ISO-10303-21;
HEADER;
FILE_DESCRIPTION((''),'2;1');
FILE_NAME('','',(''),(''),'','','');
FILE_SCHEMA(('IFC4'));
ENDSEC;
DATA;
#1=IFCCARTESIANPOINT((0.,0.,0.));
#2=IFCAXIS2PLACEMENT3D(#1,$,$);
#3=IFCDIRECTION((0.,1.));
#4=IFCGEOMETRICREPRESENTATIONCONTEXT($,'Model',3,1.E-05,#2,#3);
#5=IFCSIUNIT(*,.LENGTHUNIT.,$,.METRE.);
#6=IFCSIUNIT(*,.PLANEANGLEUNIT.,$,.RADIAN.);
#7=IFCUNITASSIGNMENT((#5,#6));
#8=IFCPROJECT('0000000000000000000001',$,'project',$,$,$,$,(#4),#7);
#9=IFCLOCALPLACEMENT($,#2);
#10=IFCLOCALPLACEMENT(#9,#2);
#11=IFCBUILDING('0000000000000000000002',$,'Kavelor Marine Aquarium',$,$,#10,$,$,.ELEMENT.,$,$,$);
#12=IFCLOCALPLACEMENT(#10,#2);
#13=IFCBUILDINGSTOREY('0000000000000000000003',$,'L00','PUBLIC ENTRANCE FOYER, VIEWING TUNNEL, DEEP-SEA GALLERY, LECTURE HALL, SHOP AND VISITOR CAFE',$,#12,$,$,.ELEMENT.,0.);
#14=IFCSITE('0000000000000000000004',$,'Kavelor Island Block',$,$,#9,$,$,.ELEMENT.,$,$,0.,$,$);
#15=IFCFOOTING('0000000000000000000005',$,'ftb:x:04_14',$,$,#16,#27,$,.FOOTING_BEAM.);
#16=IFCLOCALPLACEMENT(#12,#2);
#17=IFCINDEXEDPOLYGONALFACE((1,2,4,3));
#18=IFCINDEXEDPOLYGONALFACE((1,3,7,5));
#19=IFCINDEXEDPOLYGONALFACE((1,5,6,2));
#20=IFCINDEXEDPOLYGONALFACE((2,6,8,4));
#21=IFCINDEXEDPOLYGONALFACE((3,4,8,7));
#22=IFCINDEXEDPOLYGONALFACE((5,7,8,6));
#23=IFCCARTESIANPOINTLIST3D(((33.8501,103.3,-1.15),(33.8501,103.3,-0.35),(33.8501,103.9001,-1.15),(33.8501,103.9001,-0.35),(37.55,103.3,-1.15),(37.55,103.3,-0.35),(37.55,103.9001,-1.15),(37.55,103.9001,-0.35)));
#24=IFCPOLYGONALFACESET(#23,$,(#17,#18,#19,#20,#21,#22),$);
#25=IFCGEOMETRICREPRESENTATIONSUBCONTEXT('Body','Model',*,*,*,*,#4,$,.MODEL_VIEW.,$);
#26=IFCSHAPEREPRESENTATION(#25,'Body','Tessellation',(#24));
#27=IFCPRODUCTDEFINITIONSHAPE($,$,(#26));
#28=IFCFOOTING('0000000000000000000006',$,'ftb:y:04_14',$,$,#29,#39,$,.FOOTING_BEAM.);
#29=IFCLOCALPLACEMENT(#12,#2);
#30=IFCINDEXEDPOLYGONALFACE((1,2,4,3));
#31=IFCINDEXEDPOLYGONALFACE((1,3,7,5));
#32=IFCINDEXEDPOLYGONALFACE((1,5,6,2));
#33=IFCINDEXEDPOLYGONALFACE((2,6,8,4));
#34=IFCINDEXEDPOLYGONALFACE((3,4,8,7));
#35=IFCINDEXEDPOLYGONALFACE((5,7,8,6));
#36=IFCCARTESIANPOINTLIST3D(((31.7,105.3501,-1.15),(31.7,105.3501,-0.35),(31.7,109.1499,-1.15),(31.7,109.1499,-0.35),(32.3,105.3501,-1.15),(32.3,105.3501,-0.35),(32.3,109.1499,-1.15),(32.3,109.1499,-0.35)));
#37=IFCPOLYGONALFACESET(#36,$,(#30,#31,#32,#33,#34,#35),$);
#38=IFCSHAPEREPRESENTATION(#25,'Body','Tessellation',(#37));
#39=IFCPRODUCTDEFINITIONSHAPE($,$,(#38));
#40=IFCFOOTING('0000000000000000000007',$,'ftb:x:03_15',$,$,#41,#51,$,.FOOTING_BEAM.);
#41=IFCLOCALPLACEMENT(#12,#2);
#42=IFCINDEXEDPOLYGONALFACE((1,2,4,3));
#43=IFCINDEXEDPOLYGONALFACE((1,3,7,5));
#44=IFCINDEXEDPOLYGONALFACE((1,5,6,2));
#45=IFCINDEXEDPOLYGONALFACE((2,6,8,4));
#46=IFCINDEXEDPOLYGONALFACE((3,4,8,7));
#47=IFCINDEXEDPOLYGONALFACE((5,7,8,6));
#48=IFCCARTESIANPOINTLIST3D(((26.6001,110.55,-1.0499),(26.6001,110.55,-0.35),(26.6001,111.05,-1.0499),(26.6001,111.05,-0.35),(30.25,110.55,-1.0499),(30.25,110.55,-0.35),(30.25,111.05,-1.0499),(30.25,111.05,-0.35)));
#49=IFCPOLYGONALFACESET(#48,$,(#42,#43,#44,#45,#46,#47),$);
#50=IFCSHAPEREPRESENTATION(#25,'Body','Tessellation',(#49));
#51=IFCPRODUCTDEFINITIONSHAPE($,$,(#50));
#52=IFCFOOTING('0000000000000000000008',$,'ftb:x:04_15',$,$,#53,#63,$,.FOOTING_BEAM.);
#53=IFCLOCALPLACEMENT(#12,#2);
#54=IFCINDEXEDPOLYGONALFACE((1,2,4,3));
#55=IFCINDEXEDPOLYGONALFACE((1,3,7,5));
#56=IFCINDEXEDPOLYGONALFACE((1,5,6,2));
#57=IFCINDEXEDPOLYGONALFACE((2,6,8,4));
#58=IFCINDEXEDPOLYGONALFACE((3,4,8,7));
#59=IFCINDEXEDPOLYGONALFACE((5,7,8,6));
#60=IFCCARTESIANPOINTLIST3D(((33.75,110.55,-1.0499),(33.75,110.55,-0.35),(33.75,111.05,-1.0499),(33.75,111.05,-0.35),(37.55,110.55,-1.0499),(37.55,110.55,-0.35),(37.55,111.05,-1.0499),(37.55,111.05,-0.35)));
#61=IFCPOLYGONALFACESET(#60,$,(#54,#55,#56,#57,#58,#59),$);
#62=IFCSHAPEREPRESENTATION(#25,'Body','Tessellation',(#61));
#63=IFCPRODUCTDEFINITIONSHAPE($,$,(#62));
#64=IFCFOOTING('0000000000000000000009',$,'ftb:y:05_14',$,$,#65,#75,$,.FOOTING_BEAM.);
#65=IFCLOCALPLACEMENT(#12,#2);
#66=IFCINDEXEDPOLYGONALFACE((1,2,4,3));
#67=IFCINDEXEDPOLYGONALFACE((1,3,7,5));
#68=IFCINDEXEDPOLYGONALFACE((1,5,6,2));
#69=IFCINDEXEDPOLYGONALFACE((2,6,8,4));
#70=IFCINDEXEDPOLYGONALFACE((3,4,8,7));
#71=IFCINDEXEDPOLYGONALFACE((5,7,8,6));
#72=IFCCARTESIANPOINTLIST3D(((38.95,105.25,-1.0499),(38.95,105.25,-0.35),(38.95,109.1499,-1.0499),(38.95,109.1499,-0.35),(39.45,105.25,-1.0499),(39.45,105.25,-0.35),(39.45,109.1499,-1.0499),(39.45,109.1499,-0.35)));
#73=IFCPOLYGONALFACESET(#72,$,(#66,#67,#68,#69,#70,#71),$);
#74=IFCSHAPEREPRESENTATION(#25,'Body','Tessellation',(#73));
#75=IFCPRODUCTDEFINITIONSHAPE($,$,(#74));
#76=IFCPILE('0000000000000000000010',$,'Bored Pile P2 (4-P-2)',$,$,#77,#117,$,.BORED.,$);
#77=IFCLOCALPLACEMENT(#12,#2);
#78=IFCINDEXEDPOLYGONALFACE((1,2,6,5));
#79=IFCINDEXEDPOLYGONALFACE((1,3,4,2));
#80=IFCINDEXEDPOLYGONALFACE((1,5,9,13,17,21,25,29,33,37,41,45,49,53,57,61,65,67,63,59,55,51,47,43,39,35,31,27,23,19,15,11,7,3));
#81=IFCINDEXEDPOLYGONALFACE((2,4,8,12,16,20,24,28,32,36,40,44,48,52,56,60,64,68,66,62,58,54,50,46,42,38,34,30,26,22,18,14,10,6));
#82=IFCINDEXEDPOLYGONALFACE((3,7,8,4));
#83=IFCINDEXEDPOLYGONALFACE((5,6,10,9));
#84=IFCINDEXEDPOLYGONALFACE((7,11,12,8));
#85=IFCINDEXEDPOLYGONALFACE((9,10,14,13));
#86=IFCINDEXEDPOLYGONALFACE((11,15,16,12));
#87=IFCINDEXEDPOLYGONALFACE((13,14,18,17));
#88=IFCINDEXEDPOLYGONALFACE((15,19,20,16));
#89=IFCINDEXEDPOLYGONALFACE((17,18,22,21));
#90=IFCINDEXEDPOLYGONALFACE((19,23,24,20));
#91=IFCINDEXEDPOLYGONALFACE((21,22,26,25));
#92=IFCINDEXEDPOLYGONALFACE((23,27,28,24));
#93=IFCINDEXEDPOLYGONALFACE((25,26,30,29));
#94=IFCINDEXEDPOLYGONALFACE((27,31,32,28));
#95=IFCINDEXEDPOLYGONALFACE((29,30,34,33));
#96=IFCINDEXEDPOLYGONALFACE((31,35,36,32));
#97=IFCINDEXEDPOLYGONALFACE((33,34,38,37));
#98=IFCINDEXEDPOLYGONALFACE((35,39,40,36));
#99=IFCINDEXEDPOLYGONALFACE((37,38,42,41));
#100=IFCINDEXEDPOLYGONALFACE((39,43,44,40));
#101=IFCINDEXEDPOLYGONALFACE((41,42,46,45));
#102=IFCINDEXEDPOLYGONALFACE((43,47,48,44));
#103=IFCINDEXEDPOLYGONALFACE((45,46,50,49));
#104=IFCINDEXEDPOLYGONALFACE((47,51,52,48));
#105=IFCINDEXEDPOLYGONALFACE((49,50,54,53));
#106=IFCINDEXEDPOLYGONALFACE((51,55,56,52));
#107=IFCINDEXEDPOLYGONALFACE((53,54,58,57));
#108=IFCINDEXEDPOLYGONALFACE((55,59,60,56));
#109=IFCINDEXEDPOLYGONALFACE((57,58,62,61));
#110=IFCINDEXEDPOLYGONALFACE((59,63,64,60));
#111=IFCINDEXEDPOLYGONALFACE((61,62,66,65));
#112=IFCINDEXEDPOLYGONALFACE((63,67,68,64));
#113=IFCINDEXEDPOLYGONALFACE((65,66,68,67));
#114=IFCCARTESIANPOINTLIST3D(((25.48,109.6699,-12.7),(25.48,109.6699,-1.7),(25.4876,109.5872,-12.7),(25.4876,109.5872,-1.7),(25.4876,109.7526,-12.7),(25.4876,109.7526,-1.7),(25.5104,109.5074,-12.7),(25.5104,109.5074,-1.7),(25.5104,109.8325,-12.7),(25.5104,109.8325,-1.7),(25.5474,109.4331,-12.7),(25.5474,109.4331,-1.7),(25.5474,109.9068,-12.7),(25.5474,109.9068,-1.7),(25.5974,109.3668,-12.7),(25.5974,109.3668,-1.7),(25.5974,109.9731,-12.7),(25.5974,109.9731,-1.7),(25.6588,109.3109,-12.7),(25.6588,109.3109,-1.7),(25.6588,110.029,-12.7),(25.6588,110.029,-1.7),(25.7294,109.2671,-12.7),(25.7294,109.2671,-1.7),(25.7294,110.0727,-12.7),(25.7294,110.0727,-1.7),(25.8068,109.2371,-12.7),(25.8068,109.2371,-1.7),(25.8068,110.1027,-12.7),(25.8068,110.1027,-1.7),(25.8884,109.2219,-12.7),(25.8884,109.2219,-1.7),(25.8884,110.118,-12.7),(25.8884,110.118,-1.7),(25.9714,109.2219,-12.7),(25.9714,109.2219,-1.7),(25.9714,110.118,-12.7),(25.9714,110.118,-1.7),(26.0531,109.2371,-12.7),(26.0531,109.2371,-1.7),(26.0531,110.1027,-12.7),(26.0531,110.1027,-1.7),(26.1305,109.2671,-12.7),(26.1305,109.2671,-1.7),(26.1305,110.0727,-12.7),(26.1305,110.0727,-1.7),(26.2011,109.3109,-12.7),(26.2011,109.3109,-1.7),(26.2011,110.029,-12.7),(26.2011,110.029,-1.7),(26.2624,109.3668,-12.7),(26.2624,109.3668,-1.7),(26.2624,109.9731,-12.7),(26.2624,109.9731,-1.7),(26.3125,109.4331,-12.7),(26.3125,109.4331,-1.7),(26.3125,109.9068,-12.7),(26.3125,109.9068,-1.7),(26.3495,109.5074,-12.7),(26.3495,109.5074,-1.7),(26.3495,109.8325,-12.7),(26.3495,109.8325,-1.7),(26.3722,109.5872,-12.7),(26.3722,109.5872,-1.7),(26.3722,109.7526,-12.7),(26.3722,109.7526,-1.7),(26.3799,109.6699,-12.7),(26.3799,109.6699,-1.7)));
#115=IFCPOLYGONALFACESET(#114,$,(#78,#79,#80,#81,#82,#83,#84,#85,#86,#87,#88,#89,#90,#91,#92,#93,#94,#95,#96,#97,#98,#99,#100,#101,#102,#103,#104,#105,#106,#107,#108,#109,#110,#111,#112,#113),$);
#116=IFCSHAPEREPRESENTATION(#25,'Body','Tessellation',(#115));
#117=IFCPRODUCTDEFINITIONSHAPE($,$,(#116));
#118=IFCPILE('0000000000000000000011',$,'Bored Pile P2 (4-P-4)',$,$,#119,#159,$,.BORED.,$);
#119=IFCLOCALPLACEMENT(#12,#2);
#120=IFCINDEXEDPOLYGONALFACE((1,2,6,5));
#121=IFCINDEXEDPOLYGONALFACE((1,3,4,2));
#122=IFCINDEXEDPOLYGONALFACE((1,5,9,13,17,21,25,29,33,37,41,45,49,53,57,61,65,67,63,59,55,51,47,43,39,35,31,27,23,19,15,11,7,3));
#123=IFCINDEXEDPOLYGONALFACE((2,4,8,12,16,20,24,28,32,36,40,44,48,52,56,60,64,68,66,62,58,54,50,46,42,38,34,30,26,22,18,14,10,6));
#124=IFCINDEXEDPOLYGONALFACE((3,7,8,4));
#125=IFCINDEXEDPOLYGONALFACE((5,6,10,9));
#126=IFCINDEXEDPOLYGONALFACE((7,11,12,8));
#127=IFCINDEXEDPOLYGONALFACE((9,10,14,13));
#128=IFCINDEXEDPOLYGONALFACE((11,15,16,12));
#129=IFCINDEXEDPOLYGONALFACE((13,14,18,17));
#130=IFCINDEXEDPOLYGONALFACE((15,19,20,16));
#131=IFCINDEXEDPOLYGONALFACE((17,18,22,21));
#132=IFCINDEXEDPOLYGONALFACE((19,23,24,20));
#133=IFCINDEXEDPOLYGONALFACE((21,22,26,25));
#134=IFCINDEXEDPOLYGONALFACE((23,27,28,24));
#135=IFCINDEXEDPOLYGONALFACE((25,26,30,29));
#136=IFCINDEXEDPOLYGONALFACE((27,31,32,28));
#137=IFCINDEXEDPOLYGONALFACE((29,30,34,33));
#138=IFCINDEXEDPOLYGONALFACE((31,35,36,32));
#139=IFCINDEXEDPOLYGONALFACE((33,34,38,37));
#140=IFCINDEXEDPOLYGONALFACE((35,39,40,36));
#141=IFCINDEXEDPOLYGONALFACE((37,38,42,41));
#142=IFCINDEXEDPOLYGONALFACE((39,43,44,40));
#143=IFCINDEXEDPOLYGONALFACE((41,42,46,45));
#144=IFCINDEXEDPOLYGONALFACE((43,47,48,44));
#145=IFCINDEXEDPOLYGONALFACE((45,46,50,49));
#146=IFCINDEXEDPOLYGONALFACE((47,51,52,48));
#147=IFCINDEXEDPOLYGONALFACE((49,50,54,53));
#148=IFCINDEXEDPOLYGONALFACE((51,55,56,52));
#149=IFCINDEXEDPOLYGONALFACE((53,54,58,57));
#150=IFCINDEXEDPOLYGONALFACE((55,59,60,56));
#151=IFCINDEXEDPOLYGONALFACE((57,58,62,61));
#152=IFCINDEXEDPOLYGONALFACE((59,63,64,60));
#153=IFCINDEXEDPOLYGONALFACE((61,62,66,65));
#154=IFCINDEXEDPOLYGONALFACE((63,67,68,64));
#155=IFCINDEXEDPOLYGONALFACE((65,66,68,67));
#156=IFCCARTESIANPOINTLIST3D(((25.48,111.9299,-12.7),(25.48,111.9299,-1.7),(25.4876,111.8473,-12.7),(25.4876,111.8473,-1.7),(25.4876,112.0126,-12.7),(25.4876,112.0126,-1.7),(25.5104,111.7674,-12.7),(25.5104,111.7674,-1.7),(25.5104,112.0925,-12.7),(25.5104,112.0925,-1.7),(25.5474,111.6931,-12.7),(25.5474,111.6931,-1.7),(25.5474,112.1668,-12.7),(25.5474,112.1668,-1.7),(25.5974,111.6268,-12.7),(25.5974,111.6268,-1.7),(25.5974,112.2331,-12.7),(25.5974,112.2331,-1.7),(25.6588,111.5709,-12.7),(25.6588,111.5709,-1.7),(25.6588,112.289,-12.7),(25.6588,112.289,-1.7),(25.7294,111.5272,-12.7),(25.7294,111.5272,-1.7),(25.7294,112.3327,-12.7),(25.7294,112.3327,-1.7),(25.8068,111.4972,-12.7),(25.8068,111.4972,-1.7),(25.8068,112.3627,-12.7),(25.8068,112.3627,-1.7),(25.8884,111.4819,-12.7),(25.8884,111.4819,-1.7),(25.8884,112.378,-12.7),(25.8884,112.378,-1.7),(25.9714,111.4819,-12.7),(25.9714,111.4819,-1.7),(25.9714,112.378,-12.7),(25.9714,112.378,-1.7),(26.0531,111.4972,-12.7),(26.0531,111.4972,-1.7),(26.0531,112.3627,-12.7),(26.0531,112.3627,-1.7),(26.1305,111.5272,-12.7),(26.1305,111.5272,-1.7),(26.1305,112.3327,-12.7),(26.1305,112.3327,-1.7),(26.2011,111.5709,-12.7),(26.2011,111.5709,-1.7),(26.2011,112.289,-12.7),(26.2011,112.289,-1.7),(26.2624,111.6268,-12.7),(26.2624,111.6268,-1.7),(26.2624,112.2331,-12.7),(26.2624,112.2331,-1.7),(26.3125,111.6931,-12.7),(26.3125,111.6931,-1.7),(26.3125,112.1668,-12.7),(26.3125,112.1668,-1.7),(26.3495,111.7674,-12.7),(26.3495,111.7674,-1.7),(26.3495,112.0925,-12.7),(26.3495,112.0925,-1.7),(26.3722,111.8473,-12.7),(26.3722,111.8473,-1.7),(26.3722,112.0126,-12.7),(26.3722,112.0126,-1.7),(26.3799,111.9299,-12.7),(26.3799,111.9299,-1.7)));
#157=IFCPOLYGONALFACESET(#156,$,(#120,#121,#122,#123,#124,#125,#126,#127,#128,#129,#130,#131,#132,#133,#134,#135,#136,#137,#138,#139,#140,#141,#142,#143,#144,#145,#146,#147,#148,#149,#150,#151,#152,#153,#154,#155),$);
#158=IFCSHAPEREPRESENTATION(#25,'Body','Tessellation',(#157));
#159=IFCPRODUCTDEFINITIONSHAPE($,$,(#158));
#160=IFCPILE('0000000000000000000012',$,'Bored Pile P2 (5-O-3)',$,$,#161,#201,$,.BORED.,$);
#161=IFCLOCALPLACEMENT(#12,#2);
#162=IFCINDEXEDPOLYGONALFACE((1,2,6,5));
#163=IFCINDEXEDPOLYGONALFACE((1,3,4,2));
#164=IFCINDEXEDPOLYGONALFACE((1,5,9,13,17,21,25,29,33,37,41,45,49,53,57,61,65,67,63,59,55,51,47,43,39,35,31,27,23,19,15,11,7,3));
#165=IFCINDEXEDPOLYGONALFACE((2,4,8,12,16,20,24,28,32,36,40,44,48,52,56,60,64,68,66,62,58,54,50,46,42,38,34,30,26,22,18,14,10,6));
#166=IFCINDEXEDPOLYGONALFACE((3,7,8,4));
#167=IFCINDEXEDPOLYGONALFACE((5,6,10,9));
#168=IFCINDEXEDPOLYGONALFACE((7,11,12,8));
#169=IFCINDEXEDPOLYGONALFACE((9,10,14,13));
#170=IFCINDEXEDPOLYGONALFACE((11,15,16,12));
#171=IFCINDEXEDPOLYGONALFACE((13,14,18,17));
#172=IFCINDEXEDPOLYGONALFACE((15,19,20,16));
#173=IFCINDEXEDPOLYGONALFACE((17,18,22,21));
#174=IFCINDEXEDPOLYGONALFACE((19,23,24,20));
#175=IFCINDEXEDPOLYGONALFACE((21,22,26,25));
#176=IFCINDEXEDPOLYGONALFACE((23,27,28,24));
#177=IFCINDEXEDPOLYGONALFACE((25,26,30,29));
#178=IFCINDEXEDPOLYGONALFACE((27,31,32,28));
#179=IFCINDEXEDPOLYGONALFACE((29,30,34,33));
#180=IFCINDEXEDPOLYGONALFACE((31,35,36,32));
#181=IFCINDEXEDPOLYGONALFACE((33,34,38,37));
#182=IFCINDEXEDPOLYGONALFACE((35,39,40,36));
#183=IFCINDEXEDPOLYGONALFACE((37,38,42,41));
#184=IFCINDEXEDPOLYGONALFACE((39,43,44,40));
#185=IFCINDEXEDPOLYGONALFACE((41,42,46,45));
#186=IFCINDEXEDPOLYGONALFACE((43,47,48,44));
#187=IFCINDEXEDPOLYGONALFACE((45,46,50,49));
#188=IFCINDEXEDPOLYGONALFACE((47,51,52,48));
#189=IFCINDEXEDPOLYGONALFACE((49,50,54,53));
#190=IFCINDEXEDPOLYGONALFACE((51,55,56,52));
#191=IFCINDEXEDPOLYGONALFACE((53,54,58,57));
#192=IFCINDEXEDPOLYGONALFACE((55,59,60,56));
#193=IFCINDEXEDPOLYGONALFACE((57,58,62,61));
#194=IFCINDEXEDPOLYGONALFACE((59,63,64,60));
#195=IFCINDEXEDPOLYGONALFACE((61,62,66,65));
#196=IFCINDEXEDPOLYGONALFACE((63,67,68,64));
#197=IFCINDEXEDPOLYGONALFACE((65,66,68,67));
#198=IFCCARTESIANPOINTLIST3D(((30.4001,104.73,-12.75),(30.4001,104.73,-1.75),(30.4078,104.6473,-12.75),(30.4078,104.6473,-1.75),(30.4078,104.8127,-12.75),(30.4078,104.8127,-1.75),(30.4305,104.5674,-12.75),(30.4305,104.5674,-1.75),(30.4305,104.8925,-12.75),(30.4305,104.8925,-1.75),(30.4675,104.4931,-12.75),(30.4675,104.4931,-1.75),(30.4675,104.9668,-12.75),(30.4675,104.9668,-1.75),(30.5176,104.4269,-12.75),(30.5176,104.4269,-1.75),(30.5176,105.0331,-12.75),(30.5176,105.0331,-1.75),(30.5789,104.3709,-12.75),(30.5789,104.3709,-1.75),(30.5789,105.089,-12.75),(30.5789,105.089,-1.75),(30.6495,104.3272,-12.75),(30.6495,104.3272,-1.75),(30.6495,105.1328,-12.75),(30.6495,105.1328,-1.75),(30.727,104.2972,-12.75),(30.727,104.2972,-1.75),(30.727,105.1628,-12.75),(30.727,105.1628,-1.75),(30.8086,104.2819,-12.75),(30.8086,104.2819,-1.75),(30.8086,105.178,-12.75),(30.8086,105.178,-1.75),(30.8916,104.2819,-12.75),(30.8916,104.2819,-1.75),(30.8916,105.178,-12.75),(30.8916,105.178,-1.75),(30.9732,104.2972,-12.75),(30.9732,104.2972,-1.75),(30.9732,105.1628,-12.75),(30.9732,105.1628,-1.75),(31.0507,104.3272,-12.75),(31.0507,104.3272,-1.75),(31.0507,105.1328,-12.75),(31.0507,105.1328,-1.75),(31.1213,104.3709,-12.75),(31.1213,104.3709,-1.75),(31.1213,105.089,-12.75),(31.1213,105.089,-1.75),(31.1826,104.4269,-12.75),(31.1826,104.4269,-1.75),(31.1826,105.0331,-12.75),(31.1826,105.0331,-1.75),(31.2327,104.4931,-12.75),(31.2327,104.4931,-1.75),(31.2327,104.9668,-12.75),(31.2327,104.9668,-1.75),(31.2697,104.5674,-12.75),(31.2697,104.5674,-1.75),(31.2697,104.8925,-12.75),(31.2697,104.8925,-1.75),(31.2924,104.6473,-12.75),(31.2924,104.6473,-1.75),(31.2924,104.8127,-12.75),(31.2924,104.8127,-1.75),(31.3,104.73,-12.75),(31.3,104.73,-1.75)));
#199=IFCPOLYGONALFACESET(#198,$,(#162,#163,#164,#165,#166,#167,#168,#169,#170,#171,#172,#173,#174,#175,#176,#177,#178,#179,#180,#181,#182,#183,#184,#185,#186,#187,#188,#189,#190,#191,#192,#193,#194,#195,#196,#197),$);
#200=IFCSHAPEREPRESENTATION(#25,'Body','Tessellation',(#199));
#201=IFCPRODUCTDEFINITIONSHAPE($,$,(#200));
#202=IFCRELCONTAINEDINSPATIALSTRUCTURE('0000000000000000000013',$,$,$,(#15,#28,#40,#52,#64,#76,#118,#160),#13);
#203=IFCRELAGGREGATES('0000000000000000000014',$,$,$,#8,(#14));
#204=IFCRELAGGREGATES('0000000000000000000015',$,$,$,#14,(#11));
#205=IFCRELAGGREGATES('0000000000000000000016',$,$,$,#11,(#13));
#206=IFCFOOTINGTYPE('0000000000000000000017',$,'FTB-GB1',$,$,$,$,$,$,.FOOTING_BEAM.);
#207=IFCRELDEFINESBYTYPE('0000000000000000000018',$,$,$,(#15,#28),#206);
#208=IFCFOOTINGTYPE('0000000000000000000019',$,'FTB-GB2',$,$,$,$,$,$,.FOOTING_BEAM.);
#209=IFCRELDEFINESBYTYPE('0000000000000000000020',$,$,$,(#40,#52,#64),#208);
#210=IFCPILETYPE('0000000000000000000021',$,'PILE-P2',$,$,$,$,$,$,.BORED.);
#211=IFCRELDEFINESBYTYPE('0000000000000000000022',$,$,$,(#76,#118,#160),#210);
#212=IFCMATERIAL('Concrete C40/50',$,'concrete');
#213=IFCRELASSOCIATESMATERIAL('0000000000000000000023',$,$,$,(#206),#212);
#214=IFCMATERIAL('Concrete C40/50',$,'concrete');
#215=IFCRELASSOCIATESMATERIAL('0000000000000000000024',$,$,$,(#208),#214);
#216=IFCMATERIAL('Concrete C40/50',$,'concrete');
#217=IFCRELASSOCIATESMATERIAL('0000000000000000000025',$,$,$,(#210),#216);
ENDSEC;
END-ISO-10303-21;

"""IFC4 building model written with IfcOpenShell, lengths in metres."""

from ifc_helpers import new_model, si_unit, direction, frame, origin, origin_2d, place, context, subcontext, project, spatial, rectangle, circle, extrude, material, material_profile, profile_set, type_object, element, save


model = new_model("IFC4")

# Units and contexts
model_context = context("Model", 3, precision=1e-05, world=origin(), true_north=direction((0.0, 1.0)))
body_context = subcontext(model_context, "Body", "Model", "MODEL_VIEW")
ifc_project = project(units=[si_unit("LENGTHUNIT", "METRE"), si_unit("PLANEANGLEUNIT", "RADIAN")], contexts=[model_context])

# Site, building, storey
site_placement = place(None, origin())
site = spatial("IfcSite", under=ifc_project, at=site_placement, Name="Kavelor Island Block", CompositionType="ELEMENT", RefElevation=0.0)
building_placement = place(site_placement, origin())
building = spatial("IfcBuilding", under=site, at=building_placement, Name="Kavelor Marine Aquarium", CompositionType="ELEMENT")
storey_placement = place(building_placement, origin())
storey = spatial("IfcBuildingStorey", under=building, at=storey_placement, Name="L00", Description="PUBLIC ENTRANCE FOYER, VIEWING TUNNEL, DEEP-SEA GALLERY, LECTURE HALL, SHOP AND VISITOR CAFE", CompositionType="ELEMENT", Elevation=0.0)

# Footings
ifc_material_1 = material(Name="Concrete C40/50", Category="concrete")
ifc_material_profile_1 = material_profile(ifc_material_1, rectangle(XDim=0.6001, YDim=0.8, at=origin_2d()), Name="GB 600x800")
ifc_profile_set_1 = profile_set([ifc_material_profile_1], Name="Concrete C40/50")
footing_type_1 = type_object("IfcFootingType", Name="FTB-GB1", PredefinedType="FOOTING_BEAM", material=ifc_profile_set_1)
footing_1_placement = place(storey_placement, frame((33.8501, 103.6001, -0.75), z_axis=(1.0, 0.0, 0.0), x_axis=(0.0, 1.0, 0.0)))
element("IfcFooting", 1, at=footing_1_placement, inside=storey, type_object=footing_type_1, Name="ftb:x:04_14", PredefinedType="FOOTING_BEAM", context=body_context, shape_type="SweptSolid", body=[
    extrude(rectangle(XDim=0.6001, YDim=0.8, at=origin_2d()), origin(), (0.0, 0.0, 1.0), 3.7),
])
footing_2_placement = place(storey_placement, frame((32.0, 105.3501, -0.75), z_axis=(0.0, 1.0, 0.0), x_axis=(-1.0, 0.0, 0.0)))
element("IfcFooting", 2, at=footing_2_placement, inside=storey, type_object=footing_type_1, Name="ftb:y:04_14", PredefinedType="FOOTING_BEAM", context=body_context, shape_type="SweptSolid", body=[
    extrude(rectangle(XDim=0.6001, YDim=0.8, at=origin_2d()), origin(), (0.0, 0.0, 1.0), 3.7998),
])
ifc_material_2 = material(Name="Concrete C40/50", Category="concrete")
ifc_material_profile_2 = material_profile(ifc_material_2, rectangle(XDim=0.5, YDim=0.7, at=origin_2d()), Name="GB 500x700")
ifc_profile_set_2 = profile_set([ifc_material_profile_2], Name="Concrete C40/50")
footing_type_2 = type_object("IfcFootingType", Name="FTB-GB2", PredefinedType="FOOTING_BEAM", material=ifc_profile_set_2)
footing_3_placement = place(storey_placement, frame((26.6001, 110.8, -0.7), z_axis=(1.0, 0.0, 0.0), x_axis=(0.0, 1.0, 0.0)))
element("IfcFooting", 3, at=footing_3_placement, inside=storey, type_object=footing_type_2, Name="ftb:x:03_15", PredefinedType="FOOTING_BEAM", context=body_context, shape_type="SweptSolid", body=[
    extrude(rectangle(XDim=0.5, YDim=0.7, at=origin_2d()), origin(), (0.0, 0.0, 1.0), 3.6499),
])
footing_4_placement = place(storey_placement, frame((33.75, 110.8, -0.7), z_axis=(1.0, 0.0, 0.0), x_axis=(0.0, 1.0, 0.0)))
element("IfcFooting", 4, at=footing_4_placement, inside=storey, type_object=footing_type_2, Name="ftb:x:04_15", PredefinedType="FOOTING_BEAM", context=body_context, shape_type="SweptSolid", body=[
    extrude(rectangle(XDim=0.5, YDim=0.7, at=origin_2d()), origin(), (0.0, 0.0, 1.0), 3.8),
])
footing_5_placement = place(storey_placement, frame((39.2, 105.25, -0.7), z_axis=(0.0, 1.0, 0.0), x_axis=(-1.0, 0.0, 0.0)))
element("IfcFooting", 5, at=footing_5_placement, inside=storey, type_object=footing_type_2, Name="ftb:y:05_14", PredefinedType="FOOTING_BEAM", context=body_context, shape_type="SweptSolid", body=[
    extrude(rectangle(XDim=0.5, YDim=0.7, at=origin_2d()), origin(), (0.0, 0.0, 1.0), 3.8999),
])

# Piles
ifc_material_3 = material(Name="Concrete C40/50", Category="concrete")
ifc_material_profile_3 = material_profile(ifc_material_3, circle(Radius=0.45, at=origin_2d()), Name="PILE D900")
ifc_profile_set_3 = profile_set([ifc_material_profile_3], Name="Concrete C40/50")
pile_type_1 = type_object("IfcPileType", Name="PILE-P2", PredefinedType="BORED", material=ifc_profile_set_3)
for number, where, z_axis, x_axis, name in (
    (6, (25.9299, 109.6699, -1.7), (0.0, 0.0, -1.0), (1.0, 0.0, 0.0), "Bored Pile P2 (4-P-2)"),
    (7, (25.9299, 111.9299, -1.7), (0.0, 0.0, -1.0), (1.0, 0.0, 0.0), "Bored Pile P2 (4-P-4)"),
    (8, (30.8501, 104.73, -1.75), (0.0, 0.0, -1.0), (1.0, 0.0, 0.0), "Bored Pile P2 (5-O-3)"),
):
    element("IfcPile", number, at=place(storey_placement, frame(where, z_axis=z_axis, x_axis=x_axis)), inside=storey, type_object=pile_type_1, Name=name, PredefinedType="BORED", context=body_context, shape_type="SweptSolid", body=[
        extrude(circle(Radius=0.45, at=origin_2d()), origin(), (0.0, 0.0, 1.0), 11.0),
    ])

save(model, "model.ifc")
